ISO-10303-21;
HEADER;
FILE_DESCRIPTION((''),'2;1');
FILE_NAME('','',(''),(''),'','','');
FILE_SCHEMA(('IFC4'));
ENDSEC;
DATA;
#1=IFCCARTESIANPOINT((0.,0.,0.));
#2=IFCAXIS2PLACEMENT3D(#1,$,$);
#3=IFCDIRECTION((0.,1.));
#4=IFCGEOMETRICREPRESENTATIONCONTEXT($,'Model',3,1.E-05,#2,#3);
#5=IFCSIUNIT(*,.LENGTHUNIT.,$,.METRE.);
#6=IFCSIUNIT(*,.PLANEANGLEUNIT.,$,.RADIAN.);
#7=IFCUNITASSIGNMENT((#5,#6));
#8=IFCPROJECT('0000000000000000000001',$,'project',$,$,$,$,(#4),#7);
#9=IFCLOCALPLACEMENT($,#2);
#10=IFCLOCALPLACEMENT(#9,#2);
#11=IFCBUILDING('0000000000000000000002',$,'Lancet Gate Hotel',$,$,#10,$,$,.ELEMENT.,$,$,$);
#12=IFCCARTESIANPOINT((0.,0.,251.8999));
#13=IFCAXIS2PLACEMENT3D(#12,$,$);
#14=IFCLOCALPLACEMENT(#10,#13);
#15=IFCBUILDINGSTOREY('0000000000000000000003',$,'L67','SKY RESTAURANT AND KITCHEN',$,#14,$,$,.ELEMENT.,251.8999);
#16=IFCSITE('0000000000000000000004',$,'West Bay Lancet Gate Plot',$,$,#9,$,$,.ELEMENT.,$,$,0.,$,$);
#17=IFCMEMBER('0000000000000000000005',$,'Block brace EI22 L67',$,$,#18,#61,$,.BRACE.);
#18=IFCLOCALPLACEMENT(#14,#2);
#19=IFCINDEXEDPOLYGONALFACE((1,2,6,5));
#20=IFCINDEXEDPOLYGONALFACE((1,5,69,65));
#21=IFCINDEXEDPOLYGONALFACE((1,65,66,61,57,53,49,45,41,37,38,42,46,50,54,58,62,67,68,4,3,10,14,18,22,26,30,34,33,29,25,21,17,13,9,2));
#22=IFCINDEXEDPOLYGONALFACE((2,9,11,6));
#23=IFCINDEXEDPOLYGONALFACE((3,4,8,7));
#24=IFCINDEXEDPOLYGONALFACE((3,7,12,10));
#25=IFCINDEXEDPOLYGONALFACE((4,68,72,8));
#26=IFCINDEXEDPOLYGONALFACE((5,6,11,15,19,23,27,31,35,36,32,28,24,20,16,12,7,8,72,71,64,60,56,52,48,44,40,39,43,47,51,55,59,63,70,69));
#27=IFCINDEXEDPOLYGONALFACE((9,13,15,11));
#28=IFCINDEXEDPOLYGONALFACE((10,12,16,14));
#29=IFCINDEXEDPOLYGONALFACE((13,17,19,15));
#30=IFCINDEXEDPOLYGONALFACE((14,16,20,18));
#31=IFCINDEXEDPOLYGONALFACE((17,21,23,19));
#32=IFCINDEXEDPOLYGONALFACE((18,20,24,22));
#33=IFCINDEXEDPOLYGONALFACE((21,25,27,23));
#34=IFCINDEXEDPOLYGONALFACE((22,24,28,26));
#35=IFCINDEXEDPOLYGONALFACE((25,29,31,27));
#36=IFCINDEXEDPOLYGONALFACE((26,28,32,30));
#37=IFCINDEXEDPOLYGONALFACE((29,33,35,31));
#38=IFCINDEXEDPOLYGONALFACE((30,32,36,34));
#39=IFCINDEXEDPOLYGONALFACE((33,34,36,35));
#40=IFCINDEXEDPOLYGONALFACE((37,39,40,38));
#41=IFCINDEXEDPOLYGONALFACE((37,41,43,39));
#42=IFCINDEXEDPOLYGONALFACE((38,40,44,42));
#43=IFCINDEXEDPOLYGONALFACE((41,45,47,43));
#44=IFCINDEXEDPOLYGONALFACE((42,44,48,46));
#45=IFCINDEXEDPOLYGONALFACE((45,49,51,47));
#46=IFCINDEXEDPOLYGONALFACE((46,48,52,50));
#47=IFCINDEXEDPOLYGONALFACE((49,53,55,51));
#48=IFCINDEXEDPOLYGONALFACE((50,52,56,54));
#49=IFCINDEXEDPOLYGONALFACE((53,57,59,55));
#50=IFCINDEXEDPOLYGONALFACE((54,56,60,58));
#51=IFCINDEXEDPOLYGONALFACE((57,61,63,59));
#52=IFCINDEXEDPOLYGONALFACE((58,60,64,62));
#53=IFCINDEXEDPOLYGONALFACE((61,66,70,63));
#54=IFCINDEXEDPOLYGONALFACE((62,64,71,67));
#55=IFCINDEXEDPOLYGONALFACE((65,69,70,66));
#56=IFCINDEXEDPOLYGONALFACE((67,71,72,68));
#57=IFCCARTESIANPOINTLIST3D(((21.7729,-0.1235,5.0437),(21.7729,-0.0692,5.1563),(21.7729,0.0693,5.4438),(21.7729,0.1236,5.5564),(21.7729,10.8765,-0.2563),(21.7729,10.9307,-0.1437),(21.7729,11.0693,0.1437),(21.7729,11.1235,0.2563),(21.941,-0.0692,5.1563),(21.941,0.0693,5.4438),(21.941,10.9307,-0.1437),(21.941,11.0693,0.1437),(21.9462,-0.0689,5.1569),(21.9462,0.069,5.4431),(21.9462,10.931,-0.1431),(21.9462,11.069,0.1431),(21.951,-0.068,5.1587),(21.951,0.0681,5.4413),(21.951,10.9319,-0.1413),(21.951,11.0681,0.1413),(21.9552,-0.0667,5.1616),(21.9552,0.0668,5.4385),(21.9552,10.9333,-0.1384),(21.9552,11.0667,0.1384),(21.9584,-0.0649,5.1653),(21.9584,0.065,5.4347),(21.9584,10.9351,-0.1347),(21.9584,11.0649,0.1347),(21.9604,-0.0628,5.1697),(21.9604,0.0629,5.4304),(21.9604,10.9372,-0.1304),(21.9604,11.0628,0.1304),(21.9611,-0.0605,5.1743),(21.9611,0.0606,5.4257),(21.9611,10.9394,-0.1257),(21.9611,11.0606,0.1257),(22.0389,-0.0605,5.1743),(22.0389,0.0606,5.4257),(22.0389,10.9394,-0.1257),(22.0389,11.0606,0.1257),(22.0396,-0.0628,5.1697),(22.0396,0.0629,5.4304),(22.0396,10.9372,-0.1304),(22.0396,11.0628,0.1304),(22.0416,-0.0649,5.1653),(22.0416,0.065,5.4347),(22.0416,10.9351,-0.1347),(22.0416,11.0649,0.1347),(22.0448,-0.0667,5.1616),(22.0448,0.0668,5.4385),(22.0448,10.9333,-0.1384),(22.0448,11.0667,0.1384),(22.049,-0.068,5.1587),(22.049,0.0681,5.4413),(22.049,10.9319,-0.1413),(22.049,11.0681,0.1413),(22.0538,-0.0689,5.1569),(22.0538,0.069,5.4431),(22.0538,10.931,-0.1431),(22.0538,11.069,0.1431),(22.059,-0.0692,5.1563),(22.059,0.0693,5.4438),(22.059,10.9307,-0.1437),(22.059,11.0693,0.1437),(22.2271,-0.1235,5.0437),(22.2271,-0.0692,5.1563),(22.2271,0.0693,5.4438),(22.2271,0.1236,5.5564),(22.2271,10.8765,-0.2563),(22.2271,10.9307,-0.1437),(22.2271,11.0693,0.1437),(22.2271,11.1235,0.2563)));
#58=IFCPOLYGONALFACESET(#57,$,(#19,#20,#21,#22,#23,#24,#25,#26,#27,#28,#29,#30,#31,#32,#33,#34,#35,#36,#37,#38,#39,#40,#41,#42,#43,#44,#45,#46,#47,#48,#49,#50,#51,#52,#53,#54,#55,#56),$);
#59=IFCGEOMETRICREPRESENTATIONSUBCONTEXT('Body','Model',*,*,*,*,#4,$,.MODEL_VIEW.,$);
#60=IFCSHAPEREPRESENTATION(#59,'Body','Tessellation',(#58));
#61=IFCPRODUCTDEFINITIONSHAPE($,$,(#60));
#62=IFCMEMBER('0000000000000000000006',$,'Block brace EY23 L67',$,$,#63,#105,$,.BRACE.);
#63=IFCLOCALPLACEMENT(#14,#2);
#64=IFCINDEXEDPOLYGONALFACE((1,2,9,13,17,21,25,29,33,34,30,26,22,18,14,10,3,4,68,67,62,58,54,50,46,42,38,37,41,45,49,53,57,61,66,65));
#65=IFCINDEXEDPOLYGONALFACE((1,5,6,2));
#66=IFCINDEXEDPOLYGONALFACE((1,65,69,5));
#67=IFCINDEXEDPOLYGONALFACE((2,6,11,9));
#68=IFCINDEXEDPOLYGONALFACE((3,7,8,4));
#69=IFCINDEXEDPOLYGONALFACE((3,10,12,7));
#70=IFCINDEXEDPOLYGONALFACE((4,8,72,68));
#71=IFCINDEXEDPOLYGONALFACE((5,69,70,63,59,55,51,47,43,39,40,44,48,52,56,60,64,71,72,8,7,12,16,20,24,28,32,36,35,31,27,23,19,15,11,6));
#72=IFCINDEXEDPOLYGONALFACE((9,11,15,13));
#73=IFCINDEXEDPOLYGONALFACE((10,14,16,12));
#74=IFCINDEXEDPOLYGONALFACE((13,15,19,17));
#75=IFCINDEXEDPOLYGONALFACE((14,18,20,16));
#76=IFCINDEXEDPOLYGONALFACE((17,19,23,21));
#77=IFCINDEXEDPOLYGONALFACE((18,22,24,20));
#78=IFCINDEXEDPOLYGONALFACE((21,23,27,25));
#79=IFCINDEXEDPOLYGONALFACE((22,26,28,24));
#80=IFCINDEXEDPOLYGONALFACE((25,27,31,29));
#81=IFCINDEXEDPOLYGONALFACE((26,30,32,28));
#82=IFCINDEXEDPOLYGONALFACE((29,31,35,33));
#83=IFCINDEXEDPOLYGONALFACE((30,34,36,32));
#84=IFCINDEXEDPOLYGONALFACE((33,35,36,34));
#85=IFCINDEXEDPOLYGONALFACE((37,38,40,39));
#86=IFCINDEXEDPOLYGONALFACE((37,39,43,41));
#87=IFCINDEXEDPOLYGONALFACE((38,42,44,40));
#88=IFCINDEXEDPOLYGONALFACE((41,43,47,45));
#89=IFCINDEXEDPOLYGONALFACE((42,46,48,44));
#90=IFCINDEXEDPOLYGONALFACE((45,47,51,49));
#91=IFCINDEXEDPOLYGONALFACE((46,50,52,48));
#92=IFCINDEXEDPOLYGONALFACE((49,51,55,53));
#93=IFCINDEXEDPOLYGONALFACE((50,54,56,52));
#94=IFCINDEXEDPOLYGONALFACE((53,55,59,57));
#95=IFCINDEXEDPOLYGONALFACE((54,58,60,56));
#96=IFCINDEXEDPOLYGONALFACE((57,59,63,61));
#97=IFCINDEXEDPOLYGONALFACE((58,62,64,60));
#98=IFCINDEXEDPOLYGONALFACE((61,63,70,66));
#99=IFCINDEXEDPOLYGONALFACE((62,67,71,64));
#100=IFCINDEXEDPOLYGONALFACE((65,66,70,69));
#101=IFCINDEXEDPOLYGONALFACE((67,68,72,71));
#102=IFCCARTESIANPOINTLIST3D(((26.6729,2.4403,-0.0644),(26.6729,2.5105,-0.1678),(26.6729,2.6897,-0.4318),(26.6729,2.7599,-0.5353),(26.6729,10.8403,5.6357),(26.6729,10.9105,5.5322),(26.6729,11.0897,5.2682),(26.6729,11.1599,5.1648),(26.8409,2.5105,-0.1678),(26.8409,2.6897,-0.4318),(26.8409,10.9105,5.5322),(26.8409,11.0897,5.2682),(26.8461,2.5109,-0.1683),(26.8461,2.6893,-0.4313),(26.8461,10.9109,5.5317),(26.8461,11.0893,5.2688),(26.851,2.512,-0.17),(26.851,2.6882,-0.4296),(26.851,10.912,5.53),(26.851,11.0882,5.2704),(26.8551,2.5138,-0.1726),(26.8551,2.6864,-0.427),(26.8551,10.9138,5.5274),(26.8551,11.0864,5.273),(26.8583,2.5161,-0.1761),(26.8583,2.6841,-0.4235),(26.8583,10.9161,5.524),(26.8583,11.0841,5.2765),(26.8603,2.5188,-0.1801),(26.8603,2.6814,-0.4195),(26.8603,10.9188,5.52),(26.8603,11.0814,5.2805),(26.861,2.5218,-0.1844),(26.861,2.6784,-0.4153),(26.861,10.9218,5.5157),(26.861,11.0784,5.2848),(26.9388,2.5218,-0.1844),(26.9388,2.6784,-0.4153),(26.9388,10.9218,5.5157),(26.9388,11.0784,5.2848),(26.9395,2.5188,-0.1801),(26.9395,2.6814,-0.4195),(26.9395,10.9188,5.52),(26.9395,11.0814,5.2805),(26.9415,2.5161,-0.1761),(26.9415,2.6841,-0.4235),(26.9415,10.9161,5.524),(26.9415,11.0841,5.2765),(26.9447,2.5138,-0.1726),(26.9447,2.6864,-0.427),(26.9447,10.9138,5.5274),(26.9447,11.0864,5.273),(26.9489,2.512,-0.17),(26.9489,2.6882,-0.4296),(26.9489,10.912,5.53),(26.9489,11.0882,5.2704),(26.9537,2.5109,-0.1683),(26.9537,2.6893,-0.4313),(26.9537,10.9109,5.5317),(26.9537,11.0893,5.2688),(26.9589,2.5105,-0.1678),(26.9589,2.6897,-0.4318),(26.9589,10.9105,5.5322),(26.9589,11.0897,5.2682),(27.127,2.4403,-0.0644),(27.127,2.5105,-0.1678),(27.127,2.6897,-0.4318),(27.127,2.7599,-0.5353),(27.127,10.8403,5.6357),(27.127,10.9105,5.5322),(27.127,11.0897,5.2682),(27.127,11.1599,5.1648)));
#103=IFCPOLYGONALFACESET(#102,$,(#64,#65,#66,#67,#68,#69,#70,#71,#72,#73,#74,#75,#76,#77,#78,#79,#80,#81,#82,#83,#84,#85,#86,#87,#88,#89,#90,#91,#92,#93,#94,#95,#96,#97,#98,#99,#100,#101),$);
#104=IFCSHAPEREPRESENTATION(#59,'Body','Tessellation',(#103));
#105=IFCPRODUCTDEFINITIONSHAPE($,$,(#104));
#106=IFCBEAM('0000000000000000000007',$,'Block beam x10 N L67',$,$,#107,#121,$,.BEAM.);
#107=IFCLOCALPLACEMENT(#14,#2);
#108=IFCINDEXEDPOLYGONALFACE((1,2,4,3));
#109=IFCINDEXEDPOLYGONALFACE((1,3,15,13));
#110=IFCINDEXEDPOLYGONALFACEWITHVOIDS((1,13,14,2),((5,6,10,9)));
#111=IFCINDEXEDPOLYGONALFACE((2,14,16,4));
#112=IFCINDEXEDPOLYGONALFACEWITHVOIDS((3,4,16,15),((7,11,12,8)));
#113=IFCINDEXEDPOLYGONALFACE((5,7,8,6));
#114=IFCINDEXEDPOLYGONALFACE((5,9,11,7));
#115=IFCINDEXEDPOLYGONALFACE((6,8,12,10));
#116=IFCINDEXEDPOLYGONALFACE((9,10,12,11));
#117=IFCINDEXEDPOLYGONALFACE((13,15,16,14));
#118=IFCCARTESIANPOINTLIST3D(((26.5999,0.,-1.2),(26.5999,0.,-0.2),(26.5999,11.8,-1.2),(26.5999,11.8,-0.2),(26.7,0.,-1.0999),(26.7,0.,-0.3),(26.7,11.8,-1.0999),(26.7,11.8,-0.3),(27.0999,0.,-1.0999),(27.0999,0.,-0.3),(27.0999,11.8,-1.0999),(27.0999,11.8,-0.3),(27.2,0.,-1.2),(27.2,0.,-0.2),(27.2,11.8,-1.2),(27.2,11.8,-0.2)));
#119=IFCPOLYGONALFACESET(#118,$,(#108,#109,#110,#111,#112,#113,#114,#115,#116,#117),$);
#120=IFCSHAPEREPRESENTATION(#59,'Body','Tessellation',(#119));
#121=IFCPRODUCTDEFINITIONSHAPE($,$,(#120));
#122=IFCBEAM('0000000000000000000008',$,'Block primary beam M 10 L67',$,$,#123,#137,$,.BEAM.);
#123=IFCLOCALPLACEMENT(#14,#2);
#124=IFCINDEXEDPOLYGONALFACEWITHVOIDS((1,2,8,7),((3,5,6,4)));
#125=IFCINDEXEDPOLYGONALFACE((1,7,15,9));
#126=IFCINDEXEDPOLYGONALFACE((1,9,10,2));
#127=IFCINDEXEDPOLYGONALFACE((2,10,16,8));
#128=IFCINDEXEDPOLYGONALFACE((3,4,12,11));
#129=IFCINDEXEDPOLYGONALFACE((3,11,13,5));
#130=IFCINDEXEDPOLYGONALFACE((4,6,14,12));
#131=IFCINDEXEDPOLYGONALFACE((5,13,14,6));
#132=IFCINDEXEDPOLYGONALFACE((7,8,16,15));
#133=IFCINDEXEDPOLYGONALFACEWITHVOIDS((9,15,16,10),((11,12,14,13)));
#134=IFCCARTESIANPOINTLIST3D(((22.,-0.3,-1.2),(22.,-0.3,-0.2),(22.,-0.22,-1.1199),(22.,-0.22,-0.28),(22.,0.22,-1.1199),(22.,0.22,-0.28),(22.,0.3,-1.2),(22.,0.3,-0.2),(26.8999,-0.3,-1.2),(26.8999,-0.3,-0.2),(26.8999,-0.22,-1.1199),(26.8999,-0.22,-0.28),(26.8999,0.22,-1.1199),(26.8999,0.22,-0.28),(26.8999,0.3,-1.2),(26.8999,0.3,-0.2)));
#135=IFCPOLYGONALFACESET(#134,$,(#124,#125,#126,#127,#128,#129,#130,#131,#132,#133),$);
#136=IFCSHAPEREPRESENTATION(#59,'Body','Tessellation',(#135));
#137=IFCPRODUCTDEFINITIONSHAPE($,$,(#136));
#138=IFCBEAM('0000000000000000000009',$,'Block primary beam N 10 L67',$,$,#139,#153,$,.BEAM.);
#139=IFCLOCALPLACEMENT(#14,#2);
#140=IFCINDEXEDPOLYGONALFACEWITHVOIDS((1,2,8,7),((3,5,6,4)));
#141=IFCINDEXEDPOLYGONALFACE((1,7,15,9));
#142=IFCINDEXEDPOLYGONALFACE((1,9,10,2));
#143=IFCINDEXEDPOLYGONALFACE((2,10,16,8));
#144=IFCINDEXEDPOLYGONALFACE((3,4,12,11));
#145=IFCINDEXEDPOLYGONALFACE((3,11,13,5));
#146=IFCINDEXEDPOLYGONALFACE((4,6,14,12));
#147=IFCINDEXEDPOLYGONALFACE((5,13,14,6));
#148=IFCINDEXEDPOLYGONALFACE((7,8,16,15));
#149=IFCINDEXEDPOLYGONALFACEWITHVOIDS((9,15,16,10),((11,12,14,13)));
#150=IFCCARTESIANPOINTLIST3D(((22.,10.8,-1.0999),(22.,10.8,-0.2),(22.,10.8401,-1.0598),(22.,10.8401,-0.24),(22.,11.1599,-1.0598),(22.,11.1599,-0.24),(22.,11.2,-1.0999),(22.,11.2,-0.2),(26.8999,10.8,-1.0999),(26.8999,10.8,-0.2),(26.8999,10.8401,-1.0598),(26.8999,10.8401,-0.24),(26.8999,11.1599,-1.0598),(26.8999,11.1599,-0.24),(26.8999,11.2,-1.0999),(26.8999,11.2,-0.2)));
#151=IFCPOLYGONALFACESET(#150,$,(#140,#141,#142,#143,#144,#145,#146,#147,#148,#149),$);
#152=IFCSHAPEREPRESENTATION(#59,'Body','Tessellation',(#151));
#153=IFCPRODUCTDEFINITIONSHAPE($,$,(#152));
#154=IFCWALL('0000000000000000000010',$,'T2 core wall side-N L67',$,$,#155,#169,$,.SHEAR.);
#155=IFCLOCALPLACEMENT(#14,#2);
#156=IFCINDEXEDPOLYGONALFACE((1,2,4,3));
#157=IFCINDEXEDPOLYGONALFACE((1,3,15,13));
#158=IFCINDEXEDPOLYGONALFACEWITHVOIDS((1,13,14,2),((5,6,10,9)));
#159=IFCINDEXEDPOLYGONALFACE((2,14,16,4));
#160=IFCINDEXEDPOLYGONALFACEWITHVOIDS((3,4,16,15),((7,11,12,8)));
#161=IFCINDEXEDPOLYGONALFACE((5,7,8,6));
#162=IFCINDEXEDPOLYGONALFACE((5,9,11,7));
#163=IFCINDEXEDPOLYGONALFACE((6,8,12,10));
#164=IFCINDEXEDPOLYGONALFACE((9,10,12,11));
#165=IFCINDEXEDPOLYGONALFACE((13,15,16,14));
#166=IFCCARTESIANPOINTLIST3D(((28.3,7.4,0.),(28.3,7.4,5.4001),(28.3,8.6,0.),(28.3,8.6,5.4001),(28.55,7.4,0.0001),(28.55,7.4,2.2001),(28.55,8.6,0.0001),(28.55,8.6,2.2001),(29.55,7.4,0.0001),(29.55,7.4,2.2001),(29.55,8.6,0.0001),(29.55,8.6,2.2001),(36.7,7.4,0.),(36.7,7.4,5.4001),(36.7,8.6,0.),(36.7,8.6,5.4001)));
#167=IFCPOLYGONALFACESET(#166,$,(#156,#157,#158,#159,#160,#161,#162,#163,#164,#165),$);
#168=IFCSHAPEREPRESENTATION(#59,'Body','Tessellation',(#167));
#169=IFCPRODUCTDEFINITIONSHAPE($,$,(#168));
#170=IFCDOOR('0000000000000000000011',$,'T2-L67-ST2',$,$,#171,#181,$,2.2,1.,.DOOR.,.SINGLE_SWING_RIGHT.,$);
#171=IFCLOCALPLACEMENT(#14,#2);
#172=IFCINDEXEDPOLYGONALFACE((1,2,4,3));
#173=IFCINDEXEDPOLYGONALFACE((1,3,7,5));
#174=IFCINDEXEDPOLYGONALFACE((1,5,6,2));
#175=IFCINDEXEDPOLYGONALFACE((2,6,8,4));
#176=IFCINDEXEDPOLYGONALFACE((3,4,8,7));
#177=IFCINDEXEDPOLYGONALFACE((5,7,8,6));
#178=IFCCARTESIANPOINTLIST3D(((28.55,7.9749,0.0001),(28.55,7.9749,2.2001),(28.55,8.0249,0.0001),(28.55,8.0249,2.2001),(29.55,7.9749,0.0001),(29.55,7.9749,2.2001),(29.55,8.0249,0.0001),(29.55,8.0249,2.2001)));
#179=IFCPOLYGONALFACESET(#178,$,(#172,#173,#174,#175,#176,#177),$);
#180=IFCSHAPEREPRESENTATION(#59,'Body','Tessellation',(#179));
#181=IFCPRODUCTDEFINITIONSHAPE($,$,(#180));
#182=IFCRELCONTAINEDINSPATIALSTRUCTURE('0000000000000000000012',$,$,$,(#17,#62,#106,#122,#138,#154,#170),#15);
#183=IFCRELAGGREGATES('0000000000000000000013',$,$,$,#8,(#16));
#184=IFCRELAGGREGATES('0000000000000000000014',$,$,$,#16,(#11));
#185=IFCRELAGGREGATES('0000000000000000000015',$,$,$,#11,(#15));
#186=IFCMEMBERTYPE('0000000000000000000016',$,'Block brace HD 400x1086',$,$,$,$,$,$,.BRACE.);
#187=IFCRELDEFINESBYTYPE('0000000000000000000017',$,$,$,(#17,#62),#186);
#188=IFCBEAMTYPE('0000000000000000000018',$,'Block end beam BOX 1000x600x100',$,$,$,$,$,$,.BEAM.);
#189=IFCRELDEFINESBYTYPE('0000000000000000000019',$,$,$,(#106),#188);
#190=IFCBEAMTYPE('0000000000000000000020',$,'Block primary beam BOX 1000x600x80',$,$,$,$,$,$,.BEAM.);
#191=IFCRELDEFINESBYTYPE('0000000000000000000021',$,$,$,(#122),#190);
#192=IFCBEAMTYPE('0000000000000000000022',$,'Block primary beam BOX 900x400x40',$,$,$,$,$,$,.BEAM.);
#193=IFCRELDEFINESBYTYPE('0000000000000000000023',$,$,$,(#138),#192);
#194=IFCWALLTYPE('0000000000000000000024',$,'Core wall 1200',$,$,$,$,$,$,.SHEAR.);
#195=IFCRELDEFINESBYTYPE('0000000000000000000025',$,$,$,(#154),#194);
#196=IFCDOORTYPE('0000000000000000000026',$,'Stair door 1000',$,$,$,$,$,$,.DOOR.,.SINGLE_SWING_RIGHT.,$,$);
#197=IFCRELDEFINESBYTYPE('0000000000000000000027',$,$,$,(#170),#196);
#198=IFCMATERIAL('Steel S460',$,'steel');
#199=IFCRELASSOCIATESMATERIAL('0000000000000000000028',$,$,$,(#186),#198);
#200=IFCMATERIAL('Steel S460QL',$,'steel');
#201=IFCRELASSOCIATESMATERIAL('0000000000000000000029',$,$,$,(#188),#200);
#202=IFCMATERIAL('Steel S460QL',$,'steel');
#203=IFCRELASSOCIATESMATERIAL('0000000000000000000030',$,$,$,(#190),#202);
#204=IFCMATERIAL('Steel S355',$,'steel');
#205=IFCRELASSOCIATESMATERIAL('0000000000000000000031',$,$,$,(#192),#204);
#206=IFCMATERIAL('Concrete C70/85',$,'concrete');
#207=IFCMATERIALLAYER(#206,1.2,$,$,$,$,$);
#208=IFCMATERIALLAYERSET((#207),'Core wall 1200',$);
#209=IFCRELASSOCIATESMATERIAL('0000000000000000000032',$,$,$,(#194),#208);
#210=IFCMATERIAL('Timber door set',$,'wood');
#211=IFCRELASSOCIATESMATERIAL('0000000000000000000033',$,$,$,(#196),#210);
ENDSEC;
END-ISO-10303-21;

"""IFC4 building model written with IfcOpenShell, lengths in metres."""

from ifc_helpers import new_model, si_unit, direction, frame, frame_2d, origin, origin_2d, place, context, subcontext, project, spatial, rectangle, hollow_rectangle, i_section, extrude, material, layer, layer_set, material_profile, profile_set, type_object, element, fill, save


model = new_model("IFC4")

# Units and contexts
model_context = context("Model", 3, precision=1e-05, world=origin(), true_north=direction((0.0, 1.0)))
body_context = subcontext(model_context, "Body", "Model", "MODEL_VIEW")
ifc_project = project(units=[si_unit("LENGTHUNIT", "METRE"), si_unit("PLANEANGLEUNIT", "RADIAN")], contexts=[model_context])

# Site, building, storey
site_placement = place(None, origin())
site = spatial("IfcSite", under=ifc_project, at=site_placement, Name="West Bay Lancet Gate Plot", CompositionType="ELEMENT", RefElevation=0.0)
building_placement = place(site_placement, origin())
building = spatial("IfcBuilding", under=site, at=building_placement, Name="Lancet Gate Hotel", CompositionType="ELEMENT")
storey_placement = place(building_placement, frame((0.0, 0.0, 251.8999)))
storey = spatial("IfcBuildingStorey", under=building, at=storey_placement, Name="L67", Description="SKY RESTAURANT AND KITCHEN", CompositionType="ELEMENT", Elevation=251.8999)

# Members
ifc_material_1 = material(Name="Steel S460", Category="steel")
ifc_material_profile_1 = material_profile(ifc_material_1, i_section(OverallWidth=0.4541, OverallDepth=0.5691, WebThickness=0.0779, FlangeThickness=0.125, FilletRadius=0.02, at=origin_2d()), Name="HD 400x1086")
ifc_profile_set_1 = profile_set([ifc_material_profile_1], Name="Steel S460")
member_type_1 = type_object("IfcMemberType", Name="Block brace HD 400x1086", PredefinedType="BRACE", material=ifc_profile_set_1)
member_1_placement = place(storey_placement, frame((22.0, 11.0, 0.0), z_axis=(0.0, -0.900882, 0.434065), x_axis=(1.0, 0.0, 0.0)))
element("IfcMember", 1, at=member_1_placement, inside=storey, type_object=member_type_1, Name="Block brace EI22 L67", PredefinedType="BRACE", context=body_context, shape_type="SweptSolid", body=[
    extrude(i_section(OverallWidth=0.4541, OverallDepth=0.5691, WebThickness=0.0779, FlangeThickness=0.125, FilletRadius=0.02, at=origin_2d()), origin(), (0.0, 0.0, 1.0), 12.2102),
])
member_2_placement = place(storey_placement, frame((26.8999, 2.6001, -0.2998), z_axis=(0.0, 0.827475, 0.561503), x_axis=(-1.0, 0.0, 0.0)))
element("IfcMember", 2, at=member_2_placement, inside=storey, type_object=member_type_1, Name="Block brace EY23 L67", PredefinedType="BRACE", context=body_context, shape_type="SweptSolid", body=[
    extrude(i_section(OverallWidth=0.4541, OverallDepth=0.5691, WebThickness=0.0779, FlangeThickness=0.125, FilletRadius=0.02, at=origin_2d()), origin(), (0.0, 0.0, 1.0), 10.1514),
])

# Beams
ifc_material_2 = material(Name="Steel S460QL", Category="steel")
ifc_material_profile_2 = material_profile(ifc_material_2, hollow_rectangle(XDim=0.6001, YDim=1.0, WallThickness=0.1001, at=origin_2d()), Name="BOX 1000x600x100")
ifc_profile_set_2 = profile_set([ifc_material_profile_2], Name="Steel S460QL")
beam_type_1 = type_object("IfcBeamType", Name="Block end beam BOX 1000x600x100", PredefinedType="BEAM", material=ifc_profile_set_2)
beam_1_placement = place(storey_placement, frame((26.8999, 0.0, -0.7), z_axis=(0.0, 1.0, 0.0), x_axis=(-1.0, 0.0, 0.0)))
element("IfcBeam", 3, at=beam_1_placement, inside=storey, type_object=beam_type_1, Name="Block beam x10 N L67", PredefinedType="BEAM", context=body_context, shape_type="SweptSolid", body=[
    extrude(hollow_rectangle(XDim=0.6001, YDim=1.0, WallThickness=0.1001, at=origin_2d()), origin(), (0.0, 0.0, 1.0), 11.8),
])
ifc_material_3 = material(Name="Steel S460QL", Category="steel")
ifc_material_profile_3 = material_profile(ifc_material_3, hollow_rectangle(XDim=0.6001, YDim=1.0, WallThickness=0.0801, at=origin_2d()), Name="BOX 1000x600x80")
ifc_profile_set_3 = profile_set([ifc_material_profile_3], Name="Steel S460QL")
beam_type_2 = type_object("IfcBeamType", Name="Block primary beam BOX 1000x600x80", PredefinedType="BEAM", material=ifc_profile_set_3)
beam_2_placement = place(storey_placement, frame((22.0, 0.0, -0.7), z_axis=(1.0, 0.0, 0.0), x_axis=(0.0, 1.0, 0.0)))
element("IfcBeam", 4, at=beam_2_placement, inside=storey, type_object=beam_type_2, Name="Block primary beam M 10 L67", PredefinedType="BEAM", context=body_context, shape_type="SweptSolid", body=[
    extrude(hollow_rectangle(XDim=0.6001, YDim=1.0, WallThickness=0.0801, at=origin_2d()), origin(), (0.0, 0.0, 1.0), 4.8999),
])
ifc_material_4 = material(Name="Steel S355", Category="steel")
ifc_material_profile_4 = material_profile(ifc_material_4, hollow_rectangle(XDim=0.3999, YDim=0.8999, WallThickness=0.04, at=origin_2d()), Name="BOX 900x400x40")
ifc_profile_set_4 = profile_set([ifc_material_profile_4], Name="Steel S355")
beam_type_3 = type_object("IfcBeamType", Name="Block primary beam BOX 900x400x40", PredefinedType="BEAM", material=ifc_profile_set_4)
beam_3_placement = place(storey_placement, frame((22.0, 11.0, -0.6499), z_axis=(1.0, 0.0, 0.0), x_axis=(0.0, 1.0, 0.0)))
element("IfcBeam", 5, at=beam_3_placement, inside=storey, type_object=beam_type_3, Name="Block primary beam N 10 L67", PredefinedType="BEAM", context=body_context, shape_type="SweptSolid", body=[
    extrude(hollow_rectangle(XDim=0.3999, YDim=0.8999, WallThickness=0.04, at=origin_2d()), origin(), (0.0, 0.0, 1.0), 4.8999),
])

# Wall, opening, door
ifc_material_5 = material(Name="Concrete C70/85", Category="concrete")
ifc_layer_1 = layer(ifc_material_5, 1.2)
ifc_layer_set_1 = layer_set([ifc_layer_1], Name="Core wall 1200")
wall_type_1 = type_object("IfcWallType", Name="Core wall 1200", PredefinedType="SHEAR", material=ifc_layer_set_1)
wall_1_placement = place(storey_placement, frame((28.3, 8.0, 0.0), z_axis=(0.0, 0.0, 1.0), x_axis=(1.0, 0.0, 0.0)))
wall_1 = element("IfcWall", 6, at=wall_1_placement, inside=storey, type_object=wall_type_1, Name="T2 core wall side-N L67", PredefinedType="SHEAR", context=body_context, shape_type="SweptSolid", body=[
    extrude(rectangle(XDim=8.3999, YDim=1.2, at=frame_2d((4.2, 0.0))), origin(), (0.0, 0.0, 1.0), 5.4001),
])
opening_placement = place(wall_1_placement, frame((0.25, 0.0, 0.0)))
opening = element("IfcOpeningElement", 7, at=opening_placement, cuts=wall_1, PredefinedType="OPENING", context=body_context, shape_type="SweptSolid", body=[
    extrude(rectangle(XDim=1.0, YDim=2.2, at=frame_2d((0.5, 1.1001))), frame((0.0, 0.6099, 0.0), z_axis=(0.0, -1.0, 0.0), x_axis=(1.0, 0.0, 0.0)), (0.0, 0.0, 1.0), 1.22),
])
ifc_material_6 = material(Name="Timber door set", Category="wood")
door_type = type_object("IfcDoorType", Name="Stair door 1000", OperationType="SINGLE_SWING_RIGHT", PredefinedType="DOOR", material=ifc_material_6)
door_placement = place(opening_placement, origin())
door = element("IfcDoor", 8, at=door_placement, inside=storey, type_object=door_type, Name="T2-L67-ST2", OperationType="SINGLE_SWING_RIGHT", OverallHeight=2.2, OverallWidth=1.0, PredefinedType="DOOR", context=body_context, shape_type="SweptSolid", body=[
    extrude(rectangle(XDim=1.0, YDim=2.2, at=frame_2d((0.5, 1.1001))), frame((0.0, 0.0249, 0.0), z_axis=(0.0, -1.0, 0.0), x_axis=(1.0, 0.0, 0.0)), (0.0, 0.0, 1.0), 0.05),
])
fill(opening, door)

save(model, "model.ifc")
